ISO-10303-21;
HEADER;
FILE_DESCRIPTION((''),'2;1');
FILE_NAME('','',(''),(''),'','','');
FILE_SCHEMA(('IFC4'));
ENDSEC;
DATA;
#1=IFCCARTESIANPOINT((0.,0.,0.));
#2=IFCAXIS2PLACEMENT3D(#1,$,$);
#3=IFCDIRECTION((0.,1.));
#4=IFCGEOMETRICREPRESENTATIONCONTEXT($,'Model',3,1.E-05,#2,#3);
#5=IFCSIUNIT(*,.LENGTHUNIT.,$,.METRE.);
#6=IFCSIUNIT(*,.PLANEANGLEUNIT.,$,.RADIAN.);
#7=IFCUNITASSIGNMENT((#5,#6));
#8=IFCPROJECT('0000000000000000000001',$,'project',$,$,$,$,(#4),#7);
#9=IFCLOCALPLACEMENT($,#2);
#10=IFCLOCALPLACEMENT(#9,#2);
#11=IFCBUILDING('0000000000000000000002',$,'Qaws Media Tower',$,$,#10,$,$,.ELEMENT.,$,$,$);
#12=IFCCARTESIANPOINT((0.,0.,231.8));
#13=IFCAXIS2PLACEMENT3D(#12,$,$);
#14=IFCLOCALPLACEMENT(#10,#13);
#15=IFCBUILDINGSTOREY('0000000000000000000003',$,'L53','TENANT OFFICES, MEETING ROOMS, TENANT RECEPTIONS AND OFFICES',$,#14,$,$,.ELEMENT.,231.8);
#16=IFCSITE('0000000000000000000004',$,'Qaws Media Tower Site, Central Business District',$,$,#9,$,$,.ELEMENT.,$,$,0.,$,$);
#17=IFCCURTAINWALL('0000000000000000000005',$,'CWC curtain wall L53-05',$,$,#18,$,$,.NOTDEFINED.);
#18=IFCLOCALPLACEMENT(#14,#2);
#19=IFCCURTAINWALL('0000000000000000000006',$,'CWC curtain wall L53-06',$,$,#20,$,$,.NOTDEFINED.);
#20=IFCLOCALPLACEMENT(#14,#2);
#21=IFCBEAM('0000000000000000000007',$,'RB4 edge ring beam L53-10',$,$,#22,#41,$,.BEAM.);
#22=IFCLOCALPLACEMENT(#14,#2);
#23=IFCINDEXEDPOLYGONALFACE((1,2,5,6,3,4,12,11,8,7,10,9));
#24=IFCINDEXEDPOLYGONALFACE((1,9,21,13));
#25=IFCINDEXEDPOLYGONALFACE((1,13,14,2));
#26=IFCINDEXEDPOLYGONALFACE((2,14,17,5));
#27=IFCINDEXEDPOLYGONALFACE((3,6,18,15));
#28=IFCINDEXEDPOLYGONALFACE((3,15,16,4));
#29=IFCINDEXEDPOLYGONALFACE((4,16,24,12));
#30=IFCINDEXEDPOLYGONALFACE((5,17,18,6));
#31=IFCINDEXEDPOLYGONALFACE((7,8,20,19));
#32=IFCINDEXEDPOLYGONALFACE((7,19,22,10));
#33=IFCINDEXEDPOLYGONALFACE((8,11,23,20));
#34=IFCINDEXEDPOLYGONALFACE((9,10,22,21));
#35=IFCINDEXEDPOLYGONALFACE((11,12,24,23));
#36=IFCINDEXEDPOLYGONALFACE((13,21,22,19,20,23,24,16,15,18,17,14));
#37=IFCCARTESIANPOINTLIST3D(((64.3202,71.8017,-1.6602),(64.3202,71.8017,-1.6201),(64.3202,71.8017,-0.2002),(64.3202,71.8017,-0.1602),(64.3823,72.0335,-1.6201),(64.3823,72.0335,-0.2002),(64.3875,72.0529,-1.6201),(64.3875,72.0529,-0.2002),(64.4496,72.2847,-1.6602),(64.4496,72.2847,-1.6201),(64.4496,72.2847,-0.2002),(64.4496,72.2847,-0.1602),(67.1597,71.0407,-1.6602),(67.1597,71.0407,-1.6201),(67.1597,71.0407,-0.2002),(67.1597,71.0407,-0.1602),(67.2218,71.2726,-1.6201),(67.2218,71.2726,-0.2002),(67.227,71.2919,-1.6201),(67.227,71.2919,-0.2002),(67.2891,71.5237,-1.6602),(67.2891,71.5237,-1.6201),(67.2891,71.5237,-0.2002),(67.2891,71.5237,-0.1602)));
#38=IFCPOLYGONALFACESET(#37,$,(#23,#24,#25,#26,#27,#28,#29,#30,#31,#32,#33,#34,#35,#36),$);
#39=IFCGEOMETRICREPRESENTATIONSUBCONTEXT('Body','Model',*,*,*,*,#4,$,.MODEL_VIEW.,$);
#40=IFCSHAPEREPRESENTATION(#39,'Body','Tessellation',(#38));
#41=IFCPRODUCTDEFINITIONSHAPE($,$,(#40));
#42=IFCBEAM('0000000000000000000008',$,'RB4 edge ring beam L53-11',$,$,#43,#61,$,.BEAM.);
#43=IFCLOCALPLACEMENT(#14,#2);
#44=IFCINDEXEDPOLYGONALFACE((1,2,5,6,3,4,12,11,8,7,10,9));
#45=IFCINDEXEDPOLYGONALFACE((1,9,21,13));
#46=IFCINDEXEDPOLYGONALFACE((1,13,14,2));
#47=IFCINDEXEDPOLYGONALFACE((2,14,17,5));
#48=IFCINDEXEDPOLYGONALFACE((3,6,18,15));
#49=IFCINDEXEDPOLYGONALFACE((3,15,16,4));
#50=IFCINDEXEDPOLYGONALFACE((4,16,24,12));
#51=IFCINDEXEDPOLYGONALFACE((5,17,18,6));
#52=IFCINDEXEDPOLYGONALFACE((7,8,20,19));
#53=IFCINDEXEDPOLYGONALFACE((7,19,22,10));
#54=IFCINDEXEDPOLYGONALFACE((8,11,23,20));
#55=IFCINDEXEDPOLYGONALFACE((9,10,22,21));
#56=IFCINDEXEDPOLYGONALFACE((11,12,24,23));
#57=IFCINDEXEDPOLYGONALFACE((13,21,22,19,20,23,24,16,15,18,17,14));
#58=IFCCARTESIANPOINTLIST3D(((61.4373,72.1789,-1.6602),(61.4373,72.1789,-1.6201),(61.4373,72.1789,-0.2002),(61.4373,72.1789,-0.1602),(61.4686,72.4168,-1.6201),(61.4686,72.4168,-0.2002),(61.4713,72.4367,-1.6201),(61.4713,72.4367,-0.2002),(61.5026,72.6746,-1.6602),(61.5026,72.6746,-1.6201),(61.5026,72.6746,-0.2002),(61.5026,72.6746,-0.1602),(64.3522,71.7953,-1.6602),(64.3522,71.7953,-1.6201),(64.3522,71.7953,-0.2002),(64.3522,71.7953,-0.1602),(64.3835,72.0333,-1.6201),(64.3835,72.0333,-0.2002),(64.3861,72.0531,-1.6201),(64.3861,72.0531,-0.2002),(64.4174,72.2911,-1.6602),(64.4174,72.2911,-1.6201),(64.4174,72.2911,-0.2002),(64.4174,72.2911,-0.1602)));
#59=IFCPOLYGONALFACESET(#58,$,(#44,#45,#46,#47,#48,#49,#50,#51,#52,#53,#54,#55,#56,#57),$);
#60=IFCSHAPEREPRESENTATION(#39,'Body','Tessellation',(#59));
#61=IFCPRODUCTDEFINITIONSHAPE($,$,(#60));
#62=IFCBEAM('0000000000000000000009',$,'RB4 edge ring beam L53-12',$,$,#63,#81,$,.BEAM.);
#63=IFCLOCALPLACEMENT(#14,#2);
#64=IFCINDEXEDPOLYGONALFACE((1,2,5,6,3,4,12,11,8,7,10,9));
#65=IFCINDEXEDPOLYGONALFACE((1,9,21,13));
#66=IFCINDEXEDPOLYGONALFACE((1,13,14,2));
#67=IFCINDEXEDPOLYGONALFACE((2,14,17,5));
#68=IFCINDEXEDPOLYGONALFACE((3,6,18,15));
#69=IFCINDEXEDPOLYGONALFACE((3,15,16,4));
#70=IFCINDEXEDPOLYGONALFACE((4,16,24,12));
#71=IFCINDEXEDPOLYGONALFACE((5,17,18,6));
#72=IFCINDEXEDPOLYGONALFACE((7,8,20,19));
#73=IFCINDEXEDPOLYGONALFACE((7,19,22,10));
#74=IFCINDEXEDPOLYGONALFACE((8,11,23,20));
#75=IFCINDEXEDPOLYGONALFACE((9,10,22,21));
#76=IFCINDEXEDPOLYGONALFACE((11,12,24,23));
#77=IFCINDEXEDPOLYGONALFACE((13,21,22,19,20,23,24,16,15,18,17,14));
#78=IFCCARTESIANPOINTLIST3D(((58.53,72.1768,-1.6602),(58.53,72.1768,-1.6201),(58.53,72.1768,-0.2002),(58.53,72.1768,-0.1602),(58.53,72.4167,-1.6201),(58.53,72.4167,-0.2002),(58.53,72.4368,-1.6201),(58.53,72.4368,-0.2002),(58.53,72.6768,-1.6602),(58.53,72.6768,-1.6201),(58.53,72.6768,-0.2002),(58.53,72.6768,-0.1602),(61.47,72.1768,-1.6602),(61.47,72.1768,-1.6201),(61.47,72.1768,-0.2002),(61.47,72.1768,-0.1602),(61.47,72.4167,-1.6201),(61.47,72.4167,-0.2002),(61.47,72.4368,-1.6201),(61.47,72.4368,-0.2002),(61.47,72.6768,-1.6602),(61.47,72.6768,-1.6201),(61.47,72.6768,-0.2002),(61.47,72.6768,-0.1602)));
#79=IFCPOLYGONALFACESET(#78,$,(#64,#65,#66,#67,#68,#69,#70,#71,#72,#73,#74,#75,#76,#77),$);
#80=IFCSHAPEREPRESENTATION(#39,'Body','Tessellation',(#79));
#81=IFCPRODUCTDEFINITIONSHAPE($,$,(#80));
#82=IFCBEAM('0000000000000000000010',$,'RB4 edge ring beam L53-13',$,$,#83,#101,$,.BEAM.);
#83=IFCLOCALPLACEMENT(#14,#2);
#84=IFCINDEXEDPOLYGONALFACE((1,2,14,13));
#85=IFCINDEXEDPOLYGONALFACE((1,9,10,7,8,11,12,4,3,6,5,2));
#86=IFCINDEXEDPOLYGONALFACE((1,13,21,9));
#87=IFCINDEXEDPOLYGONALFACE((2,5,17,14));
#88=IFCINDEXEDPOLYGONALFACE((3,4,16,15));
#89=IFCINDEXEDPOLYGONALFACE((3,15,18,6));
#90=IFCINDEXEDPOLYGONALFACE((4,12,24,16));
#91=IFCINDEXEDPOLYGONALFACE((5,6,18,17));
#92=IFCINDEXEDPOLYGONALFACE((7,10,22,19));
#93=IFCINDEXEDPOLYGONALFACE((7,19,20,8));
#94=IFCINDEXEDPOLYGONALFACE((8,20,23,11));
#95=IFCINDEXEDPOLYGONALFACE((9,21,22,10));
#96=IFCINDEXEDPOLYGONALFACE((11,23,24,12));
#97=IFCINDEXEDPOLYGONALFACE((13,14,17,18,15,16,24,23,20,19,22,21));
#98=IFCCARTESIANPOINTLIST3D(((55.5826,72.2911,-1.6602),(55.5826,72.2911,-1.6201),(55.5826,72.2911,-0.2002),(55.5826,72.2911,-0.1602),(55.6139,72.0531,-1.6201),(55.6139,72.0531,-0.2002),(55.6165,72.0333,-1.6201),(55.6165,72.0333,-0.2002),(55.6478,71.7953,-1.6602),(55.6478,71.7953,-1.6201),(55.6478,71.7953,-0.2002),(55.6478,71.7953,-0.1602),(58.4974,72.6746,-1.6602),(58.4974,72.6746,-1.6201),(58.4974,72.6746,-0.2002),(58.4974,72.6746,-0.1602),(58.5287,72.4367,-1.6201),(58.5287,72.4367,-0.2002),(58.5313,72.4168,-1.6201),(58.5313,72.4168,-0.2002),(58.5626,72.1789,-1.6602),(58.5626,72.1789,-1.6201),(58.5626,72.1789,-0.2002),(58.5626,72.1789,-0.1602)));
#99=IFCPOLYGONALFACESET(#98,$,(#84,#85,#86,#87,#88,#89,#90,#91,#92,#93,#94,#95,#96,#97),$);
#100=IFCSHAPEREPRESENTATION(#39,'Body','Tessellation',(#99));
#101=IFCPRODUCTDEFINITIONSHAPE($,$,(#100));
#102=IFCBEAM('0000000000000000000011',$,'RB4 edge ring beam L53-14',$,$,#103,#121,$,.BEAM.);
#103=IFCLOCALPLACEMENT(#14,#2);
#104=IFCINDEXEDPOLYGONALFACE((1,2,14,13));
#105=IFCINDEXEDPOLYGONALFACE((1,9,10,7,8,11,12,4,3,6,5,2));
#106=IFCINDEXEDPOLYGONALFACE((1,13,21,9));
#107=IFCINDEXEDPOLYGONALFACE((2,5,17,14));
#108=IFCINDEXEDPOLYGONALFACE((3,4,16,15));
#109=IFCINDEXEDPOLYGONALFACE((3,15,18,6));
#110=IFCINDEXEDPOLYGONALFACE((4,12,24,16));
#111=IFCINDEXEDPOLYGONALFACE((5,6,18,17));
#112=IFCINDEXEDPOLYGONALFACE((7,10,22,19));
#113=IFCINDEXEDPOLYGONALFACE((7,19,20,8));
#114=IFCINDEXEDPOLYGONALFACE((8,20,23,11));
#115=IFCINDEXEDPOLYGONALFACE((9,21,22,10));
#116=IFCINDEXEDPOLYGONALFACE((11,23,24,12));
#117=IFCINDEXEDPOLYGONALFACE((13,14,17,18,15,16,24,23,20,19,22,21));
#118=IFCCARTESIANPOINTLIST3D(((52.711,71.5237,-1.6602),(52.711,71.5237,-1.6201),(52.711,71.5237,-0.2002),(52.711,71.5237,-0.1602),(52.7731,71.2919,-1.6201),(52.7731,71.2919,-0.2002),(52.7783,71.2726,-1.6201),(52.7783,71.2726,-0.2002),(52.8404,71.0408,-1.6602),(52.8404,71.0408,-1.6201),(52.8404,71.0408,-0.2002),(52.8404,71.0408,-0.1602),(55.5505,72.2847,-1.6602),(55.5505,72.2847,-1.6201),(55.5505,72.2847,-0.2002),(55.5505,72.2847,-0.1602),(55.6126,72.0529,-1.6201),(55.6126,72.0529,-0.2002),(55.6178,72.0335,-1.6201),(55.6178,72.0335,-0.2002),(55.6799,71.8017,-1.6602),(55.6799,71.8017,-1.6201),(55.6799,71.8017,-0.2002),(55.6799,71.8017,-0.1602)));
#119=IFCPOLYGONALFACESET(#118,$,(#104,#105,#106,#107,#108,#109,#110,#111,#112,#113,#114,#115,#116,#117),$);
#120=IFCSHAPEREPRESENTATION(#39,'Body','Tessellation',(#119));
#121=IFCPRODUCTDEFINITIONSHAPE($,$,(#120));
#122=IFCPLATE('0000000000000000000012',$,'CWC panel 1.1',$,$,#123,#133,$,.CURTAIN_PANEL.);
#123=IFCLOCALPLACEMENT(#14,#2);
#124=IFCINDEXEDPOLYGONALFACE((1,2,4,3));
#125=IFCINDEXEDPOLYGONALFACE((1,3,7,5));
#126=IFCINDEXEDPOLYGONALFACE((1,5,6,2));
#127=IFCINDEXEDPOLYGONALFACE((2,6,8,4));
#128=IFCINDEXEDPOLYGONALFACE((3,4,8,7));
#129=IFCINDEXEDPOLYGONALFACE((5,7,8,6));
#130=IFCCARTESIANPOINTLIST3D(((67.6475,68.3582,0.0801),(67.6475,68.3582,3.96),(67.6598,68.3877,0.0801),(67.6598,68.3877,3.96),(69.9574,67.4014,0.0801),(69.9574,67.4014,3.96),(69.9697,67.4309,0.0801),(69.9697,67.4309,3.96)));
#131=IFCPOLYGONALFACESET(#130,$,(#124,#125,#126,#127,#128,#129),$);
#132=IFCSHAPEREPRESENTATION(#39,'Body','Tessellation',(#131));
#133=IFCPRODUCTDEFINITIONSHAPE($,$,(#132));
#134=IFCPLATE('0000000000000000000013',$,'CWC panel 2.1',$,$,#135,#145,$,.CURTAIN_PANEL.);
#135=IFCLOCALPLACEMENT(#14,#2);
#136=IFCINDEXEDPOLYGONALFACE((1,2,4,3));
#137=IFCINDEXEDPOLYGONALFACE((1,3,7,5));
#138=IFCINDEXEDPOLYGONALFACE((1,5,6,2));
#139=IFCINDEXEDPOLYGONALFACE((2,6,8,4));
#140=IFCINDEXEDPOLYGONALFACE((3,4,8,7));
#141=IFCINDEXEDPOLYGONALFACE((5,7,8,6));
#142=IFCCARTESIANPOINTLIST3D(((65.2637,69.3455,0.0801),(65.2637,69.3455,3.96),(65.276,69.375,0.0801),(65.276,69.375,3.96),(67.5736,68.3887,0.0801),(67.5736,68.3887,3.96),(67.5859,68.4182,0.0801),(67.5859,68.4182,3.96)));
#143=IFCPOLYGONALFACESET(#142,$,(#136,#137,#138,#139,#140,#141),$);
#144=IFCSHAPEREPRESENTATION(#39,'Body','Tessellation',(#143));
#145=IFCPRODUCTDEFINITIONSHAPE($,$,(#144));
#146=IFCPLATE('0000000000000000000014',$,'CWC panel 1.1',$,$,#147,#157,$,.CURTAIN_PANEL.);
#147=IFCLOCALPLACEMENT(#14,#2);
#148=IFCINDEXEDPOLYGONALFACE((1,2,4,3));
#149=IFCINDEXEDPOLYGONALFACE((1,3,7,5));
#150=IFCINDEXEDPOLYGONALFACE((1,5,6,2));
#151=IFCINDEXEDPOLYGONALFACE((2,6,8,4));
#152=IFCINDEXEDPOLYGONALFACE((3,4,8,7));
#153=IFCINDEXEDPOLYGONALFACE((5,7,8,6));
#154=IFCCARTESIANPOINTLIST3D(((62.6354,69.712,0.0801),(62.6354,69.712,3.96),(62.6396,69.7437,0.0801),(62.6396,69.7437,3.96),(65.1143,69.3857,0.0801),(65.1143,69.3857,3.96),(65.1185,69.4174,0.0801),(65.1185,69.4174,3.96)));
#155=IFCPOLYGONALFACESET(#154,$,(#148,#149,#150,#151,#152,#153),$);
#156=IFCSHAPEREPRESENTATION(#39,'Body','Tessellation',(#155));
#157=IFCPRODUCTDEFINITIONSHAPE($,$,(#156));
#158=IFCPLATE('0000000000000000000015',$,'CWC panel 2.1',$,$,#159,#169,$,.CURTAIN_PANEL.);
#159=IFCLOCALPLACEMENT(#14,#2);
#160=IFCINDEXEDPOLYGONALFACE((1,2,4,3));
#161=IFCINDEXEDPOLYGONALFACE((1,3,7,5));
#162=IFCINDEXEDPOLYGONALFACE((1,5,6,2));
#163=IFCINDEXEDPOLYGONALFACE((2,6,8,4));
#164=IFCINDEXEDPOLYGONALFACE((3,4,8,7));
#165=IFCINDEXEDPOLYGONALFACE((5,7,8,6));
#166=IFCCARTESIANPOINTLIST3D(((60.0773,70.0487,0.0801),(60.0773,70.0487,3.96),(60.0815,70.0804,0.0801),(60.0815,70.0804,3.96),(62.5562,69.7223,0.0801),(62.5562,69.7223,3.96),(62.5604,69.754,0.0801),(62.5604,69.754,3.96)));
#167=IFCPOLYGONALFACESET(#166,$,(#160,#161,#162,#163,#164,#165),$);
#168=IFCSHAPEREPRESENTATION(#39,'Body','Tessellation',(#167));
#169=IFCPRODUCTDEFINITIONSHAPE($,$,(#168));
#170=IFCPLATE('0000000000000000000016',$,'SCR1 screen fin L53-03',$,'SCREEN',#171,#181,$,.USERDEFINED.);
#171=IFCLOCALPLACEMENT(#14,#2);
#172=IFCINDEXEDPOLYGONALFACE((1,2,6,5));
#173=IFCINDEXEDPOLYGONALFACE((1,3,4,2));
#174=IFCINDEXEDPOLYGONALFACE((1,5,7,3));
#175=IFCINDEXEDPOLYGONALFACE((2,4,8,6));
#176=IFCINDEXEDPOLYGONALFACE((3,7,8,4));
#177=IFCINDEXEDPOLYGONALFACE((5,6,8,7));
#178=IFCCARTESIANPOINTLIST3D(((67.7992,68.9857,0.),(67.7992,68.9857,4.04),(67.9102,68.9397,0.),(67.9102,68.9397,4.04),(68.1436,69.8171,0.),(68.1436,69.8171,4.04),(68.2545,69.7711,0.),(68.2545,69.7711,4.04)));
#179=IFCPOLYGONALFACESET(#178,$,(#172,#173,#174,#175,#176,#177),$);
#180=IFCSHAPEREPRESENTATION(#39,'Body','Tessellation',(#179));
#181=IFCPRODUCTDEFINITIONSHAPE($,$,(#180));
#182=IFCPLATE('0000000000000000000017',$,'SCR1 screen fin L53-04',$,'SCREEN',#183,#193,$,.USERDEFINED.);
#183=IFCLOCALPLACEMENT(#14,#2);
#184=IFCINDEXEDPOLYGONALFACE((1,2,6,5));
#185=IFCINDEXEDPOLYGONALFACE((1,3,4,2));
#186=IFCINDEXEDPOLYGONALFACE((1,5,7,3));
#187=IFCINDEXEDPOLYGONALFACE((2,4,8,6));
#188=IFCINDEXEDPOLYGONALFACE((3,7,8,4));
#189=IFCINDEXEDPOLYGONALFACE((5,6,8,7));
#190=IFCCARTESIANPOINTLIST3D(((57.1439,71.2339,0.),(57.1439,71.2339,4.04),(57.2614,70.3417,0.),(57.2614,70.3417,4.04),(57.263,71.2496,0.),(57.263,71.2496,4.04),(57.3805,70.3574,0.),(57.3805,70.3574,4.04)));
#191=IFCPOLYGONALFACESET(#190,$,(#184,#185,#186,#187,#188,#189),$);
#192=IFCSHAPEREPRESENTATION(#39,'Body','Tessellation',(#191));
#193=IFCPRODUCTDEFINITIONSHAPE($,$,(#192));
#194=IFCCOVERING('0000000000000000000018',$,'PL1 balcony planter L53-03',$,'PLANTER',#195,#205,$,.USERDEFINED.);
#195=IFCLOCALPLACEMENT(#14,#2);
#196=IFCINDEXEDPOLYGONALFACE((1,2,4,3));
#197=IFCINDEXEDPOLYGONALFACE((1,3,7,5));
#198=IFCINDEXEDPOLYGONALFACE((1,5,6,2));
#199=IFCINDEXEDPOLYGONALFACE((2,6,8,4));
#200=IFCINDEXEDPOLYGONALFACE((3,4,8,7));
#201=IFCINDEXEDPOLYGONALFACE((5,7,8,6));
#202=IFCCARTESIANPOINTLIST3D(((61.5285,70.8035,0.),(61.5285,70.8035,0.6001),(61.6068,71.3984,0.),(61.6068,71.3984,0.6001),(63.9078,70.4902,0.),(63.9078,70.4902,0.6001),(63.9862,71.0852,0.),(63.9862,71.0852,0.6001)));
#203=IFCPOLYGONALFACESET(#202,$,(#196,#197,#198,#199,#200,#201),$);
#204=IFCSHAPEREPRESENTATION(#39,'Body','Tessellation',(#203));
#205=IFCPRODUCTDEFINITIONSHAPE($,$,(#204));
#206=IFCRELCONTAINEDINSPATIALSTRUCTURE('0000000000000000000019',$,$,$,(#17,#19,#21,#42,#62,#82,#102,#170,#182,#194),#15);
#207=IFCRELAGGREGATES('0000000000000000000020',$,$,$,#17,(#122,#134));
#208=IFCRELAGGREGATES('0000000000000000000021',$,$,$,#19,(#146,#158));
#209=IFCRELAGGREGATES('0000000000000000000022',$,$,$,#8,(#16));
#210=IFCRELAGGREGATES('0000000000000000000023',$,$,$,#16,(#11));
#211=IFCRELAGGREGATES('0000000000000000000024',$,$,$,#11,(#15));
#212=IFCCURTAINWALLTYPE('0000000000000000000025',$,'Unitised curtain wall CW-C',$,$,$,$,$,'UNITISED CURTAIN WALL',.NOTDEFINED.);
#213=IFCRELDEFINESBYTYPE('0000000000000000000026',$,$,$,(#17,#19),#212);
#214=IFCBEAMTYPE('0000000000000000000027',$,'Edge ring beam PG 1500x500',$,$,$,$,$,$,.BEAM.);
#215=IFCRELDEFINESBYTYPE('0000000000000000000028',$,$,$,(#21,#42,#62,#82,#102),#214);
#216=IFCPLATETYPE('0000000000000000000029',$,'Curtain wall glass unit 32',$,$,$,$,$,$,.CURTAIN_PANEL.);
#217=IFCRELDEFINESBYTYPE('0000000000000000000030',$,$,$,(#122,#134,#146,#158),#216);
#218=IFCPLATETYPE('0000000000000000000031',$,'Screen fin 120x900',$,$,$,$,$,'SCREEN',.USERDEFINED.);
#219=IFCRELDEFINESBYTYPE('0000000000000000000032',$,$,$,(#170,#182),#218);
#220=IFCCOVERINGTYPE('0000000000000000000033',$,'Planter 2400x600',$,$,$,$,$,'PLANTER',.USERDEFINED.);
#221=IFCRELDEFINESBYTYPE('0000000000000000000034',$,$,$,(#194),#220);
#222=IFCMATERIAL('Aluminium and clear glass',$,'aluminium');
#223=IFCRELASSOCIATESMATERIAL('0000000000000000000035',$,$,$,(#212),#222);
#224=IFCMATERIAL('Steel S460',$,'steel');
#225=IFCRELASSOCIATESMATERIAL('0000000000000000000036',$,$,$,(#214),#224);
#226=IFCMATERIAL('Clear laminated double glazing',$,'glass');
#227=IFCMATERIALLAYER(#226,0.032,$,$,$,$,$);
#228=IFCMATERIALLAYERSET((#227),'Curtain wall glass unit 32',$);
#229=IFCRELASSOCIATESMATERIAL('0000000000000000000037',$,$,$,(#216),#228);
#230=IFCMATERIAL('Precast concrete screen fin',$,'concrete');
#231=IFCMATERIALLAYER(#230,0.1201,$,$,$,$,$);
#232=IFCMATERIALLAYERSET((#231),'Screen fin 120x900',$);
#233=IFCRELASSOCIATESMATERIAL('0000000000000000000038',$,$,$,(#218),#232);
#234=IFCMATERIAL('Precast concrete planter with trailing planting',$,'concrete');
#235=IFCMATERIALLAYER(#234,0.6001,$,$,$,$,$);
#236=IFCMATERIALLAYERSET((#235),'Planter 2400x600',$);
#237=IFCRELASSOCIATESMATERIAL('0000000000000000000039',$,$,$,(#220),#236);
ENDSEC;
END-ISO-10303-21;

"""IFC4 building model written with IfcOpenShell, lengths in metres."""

from ifc_helpers import new_model, si_unit, direction, frame, origin, origin_2d, place, context, subcontext, project, spatial, rectangle, i_section, extrude, material, layer, layer_set, material_profile, profile_set, type_object, element, aggregate, save


model = new_model("IFC4")

# Units and contexts
model_context = context("Model", 3, precision=1e-05, world=origin(), true_north=direction((0.0, 1.0)))
body_context = subcontext(model_context, "Body", "Model", "MODEL_VIEW")
ifc_project = project(units=[si_unit("LENGTHUNIT", "METRE"), si_unit("PLANEANGLEUNIT", "RADIAN")], contexts=[model_context])

# Site, building, storey
site_placement = place(None, origin())
site = spatial("IfcSite", under=ifc_project, at=site_placement, Name="Qaws Media Tower Site, Central Business District", CompositionType="ELEMENT", RefElevation=0.0)
building_placement = place(site_placement, origin())
building = spatial("IfcBuilding", under=site, at=building_placement, Name="Qaws Media Tower", CompositionType="ELEMENT")
storey_placement = place(building_placement, frame((0.0, 0.0, 231.8)))
storey = spatial("IfcBuildingStorey", under=building, at=storey_placement, Name="L53", Description="TENANT OFFICES, MEETING ROOMS, TENANT RECEPTIONS AND OFFICES", CompositionType="ELEMENT", Elevation=231.8)

# Curtain walls
ifc_material_1 = material(Name="Aluminium and clear glass", Category="aluminium")
curtain_wall_type = type_object("IfcCurtainWallType", Name="Unitised curtain wall CW-C", ElementType="UNITISED CURTAIN WALL", PredefinedType="NOTDEFINED", material=ifc_material_1)
curtain_wall_1_placement = place(storey_placement, origin())
curtain_wall_1 = element("IfcCurtainWall", 1, at=curtain_wall_1_placement, inside=storey, type_object=curtain_wall_type, Name="CWC curtain wall L53-05", PredefinedType="NOTDEFINED")
curtain_wall_2_placement = place(storey_placement, origin())
curtain_wall_2 = element("IfcCurtainWall", 2, at=curtain_wall_2_placement, inside=storey, type_object=curtain_wall_type, Name="CWC curtain wall L53-06", PredefinedType="NOTDEFINED")

# Beams
ifc_material_2 = material(Name="Steel S460", Category="steel")
ifc_material_profile_1 = material_profile(ifc_material_2, i_section(OverallWidth=0.5, OverallDepth=1.5, WebThickness=0.02, FlangeThickness=0.04, at=origin_2d()), Name="PG 1500x500")
ifc_profile_set_1 = profile_set([ifc_material_profile_1], Name="Steel S460")
beam_type = type_object("IfcBeamType", Name="Edge ring beam PG 1500x500", PredefinedType="BEAM", material=ifc_profile_set_1)
beam_1_placement = place(storey_placement, frame((67.2244, 71.2822, -0.9102), z_axis=(-0.965916, 0.258856, 0.0), x_axis=(-0.258856, -0.965916, 0.0)))
element("IfcBeam", 3, at=beam_1_placement, inside=storey, type_object=beam_type, Name="RB4 edge ring beam L53-10", PredefinedType="BEAM", context=body_context, shape_type="SweptSolid", body=[
    extrude(i_section(OverallWidth=0.5, OverallDepth=1.5, WebThickness=0.02, FlangeThickness=0.04, at=origin_2d()), origin(), (0.0, 0.0, 1.0), 2.9397),
])
for number, where, z_axis, x_axis, name in (
    (4, (64.3848, 72.0432, -0.9102), (-0.991453, 0.130461, 0.0), (-0.130461, -0.991453, 0.0), "RB4 edge ring beam L53-11"),
    (5, (61.47, 72.4268, -0.9102), (-1.0, 0.0, 0.0), (0.0, -1.0, 0.0), "RB4 edge ring beam L53-12"),
    (6, (58.53, 72.4268, -0.9102), (-0.991453, -0.130461, 0.0), (0.130461, -0.991453, 0.0), "RB4 edge ring beam L53-13"),
):
    element("IfcBeam", number, at=place(storey_placement, frame(where, z_axis=z_axis, x_axis=x_axis)), inside=storey, type_object=beam_type, Name=name, PredefinedType="BEAM", context=body_context, shape_type="SweptSolid", body=[
        extrude(i_section(OverallWidth=0.5, OverallDepth=1.5, WebThickness=0.02, FlangeThickness=0.04, at=origin_2d()), origin(), (0.0, 0.0, 1.0), 2.9399),
    ])
beam_2_placement = place(storey_placement, frame((55.6152, 72.0432, -0.9102), z_axis=(-0.965916, -0.258856, 0.0), x_axis=(0.258856, -0.965916, 0.0)))
element("IfcBeam", 7, at=beam_2_placement, inside=storey, type_object=beam_type, Name="RB4 edge ring beam L53-14", PredefinedType="BEAM", context=body_context, shape_type="SweptSolid", body=[
    extrude(i_section(OverallWidth=0.5, OverallDepth=1.5, WebThickness=0.02, FlangeThickness=0.04, at=origin_2d()), origin(), (0.0, 0.0, 1.0), 2.9397),
])

# Plates
ifc_material_3 = material(Name="Clear laminated double glazing", Category="glass")
ifc_layer_1 = layer(ifc_material_3, 0.032)
ifc_layer_set_1 = layer_set([ifc_layer_1], Name="Curtain wall glass unit 32")
plate_type_1 = type_object("IfcPlateType", Name="Curtain wall glass unit 32", PredefinedType="CURTAIN_PANEL", material=ifc_layer_set_1)
plate_1_placement = place(storey_placement, frame((68.8086, 67.8945, 0.0801), z_axis=(0.0, 0.0, 1.0), x_axis=(-0.92388, 0.382683, 0.0)))
plate_1 = element("IfcPlate", 8, at=plate_1_placement, type_object=plate_type_1, Name="CWC panel 1.1", PredefinedType="CURTAIN_PANEL", context=body_context, shape_type="SweptSolid", body=[
    extrude(rectangle(XDim=2.5002, YDim=0.032, at=origin_2d()), origin(), (0.0, 0.0, 1.0), 3.8799),
])
plate_2_placement = place(storey_placement, frame((66.4248, 68.8818, 0.0801), z_axis=(0.0, 0.0, 1.0), x_axis=(-0.92388, 0.382683, 0.0)))
plate_2 = element("IfcPlate", 9, at=plate_2_placement, type_object=plate_type_1, Name="CWC panel 2.1", PredefinedType="CURTAIN_PANEL", context=body_context, shape_type="SweptSolid", body=[
    extrude(rectangle(XDim=2.5002, YDim=0.032, at=origin_2d()), origin(), (0.0, 0.0, 1.0), 3.8799),
])
aggregate(curtain_wall_1, [plate_1, plate_2])
plate_3_placement = place(storey_placement, frame((63.877, 69.5647, 0.0801), z_axis=(0.0, 0.0, 1.0), x_axis=(-0.991445, 0.130526, 0.0)))
plate_3 = element("IfcPlate", 10, at=plate_3_placement, type_object=plate_type_1, Name="CWC panel 1.1", PredefinedType="CURTAIN_PANEL", context=body_context, shape_type="SweptSolid", body=[
    extrude(rectangle(XDim=2.5002, YDim=0.032, at=origin_2d()), origin(), (0.0, 0.0, 1.0), 3.8799),
])
plate_4_placement = place(storey_placement, frame((61.3188, 69.9014, 0.0801), z_axis=(0.0, 0.0, 1.0), x_axis=(-0.991445, 0.130526, 0.0)))
plate_4 = element("IfcPlate", 11, at=plate_4_placement, type_object=plate_type_1, Name="CWC panel 2.1", PredefinedType="CURTAIN_PANEL", context=body_context, shape_type="SweptSolid", body=[
    extrude(rectangle(XDim=2.5002, YDim=0.032, at=origin_2d()), origin(), (0.0, 0.0, 1.0), 3.8799),
])
aggregate(curtain_wall_2, [plate_3, plate_4])

# Plates
ifc_material_4 = material(Name="Precast concrete screen fin", Category="concrete")
ifc_layer_2 = layer(ifc_material_4, 0.1201)
ifc_layer_set_2 = layer_set([ifc_layer_2], Name="Screen fin 120x900")
plate_type_2 = type_object("IfcPlateType", Name="Screen fin 120x900", ElementType="SCREEN", PredefinedType="USERDEFINED", material=ifc_layer_set_2)
for number, where, z_axis, x_axis, name in (
    (12, (68.0269, 69.3784, 0.0), (0.0, 0.0, 1.0), (0.382683, 0.92388, 0.0), "SCR1 screen fin L53-03"),
    (13, (57.2622, 70.7957, 0.0), (0.0, 0.0, 1.0), (-0.130526, 0.991445, 0.0), "SCR1 screen fin L53-04"),
):
    element("IfcPlate", number, at=place(storey_placement, frame(where, z_axis=z_axis, x_axis=x_axis)), inside=storey, type_object=plate_type_2, Name=name, ObjectType="SCREEN", PredefinedType="USERDEFINED", context=body_context, shape_type="SweptSolid", body=[
        extrude(rectangle(XDim=0.8999, YDim=0.1201, at=origin_2d()), origin(), (0.0, 0.0, 1.0), 4.04),
    ])

# Covering
ifc_material_5 = material(Name="Precast concrete planter with trailing planting", Category="concrete")
ifc_layer_3 = layer(ifc_material_5, 0.6001)
ifc_layer_set_3 = layer_set([ifc_layer_3], Name="Planter 2400x600")
covering_type = type_object("IfcCoveringType", Name="Planter 2400x600", ElementType="PLANTER", PredefinedType="USERDEFINED", material=ifc_layer_set_3)
covering_placement = place(storey_placement, frame((62.7573, 70.9443, 0.0), z_axis=(0.0, 0.0, 1.0), x_axis=(-0.991445, 0.130526, 0.0)))
element("IfcCovering", 14, at=covering_placement, inside=storey, type_object=covering_type, Name="PL1 balcony planter L53-03", ObjectType="PLANTER", PredefinedType="USERDEFINED", context=body_context, shape_type="SweptSolid", body=[
    extrude(rectangle(XDim=2.3999, YDim=0.6001, at=origin_2d()), origin(), (0.0, 0.0, 1.0), 0.6001),
])

save(model, "model.ifc")
